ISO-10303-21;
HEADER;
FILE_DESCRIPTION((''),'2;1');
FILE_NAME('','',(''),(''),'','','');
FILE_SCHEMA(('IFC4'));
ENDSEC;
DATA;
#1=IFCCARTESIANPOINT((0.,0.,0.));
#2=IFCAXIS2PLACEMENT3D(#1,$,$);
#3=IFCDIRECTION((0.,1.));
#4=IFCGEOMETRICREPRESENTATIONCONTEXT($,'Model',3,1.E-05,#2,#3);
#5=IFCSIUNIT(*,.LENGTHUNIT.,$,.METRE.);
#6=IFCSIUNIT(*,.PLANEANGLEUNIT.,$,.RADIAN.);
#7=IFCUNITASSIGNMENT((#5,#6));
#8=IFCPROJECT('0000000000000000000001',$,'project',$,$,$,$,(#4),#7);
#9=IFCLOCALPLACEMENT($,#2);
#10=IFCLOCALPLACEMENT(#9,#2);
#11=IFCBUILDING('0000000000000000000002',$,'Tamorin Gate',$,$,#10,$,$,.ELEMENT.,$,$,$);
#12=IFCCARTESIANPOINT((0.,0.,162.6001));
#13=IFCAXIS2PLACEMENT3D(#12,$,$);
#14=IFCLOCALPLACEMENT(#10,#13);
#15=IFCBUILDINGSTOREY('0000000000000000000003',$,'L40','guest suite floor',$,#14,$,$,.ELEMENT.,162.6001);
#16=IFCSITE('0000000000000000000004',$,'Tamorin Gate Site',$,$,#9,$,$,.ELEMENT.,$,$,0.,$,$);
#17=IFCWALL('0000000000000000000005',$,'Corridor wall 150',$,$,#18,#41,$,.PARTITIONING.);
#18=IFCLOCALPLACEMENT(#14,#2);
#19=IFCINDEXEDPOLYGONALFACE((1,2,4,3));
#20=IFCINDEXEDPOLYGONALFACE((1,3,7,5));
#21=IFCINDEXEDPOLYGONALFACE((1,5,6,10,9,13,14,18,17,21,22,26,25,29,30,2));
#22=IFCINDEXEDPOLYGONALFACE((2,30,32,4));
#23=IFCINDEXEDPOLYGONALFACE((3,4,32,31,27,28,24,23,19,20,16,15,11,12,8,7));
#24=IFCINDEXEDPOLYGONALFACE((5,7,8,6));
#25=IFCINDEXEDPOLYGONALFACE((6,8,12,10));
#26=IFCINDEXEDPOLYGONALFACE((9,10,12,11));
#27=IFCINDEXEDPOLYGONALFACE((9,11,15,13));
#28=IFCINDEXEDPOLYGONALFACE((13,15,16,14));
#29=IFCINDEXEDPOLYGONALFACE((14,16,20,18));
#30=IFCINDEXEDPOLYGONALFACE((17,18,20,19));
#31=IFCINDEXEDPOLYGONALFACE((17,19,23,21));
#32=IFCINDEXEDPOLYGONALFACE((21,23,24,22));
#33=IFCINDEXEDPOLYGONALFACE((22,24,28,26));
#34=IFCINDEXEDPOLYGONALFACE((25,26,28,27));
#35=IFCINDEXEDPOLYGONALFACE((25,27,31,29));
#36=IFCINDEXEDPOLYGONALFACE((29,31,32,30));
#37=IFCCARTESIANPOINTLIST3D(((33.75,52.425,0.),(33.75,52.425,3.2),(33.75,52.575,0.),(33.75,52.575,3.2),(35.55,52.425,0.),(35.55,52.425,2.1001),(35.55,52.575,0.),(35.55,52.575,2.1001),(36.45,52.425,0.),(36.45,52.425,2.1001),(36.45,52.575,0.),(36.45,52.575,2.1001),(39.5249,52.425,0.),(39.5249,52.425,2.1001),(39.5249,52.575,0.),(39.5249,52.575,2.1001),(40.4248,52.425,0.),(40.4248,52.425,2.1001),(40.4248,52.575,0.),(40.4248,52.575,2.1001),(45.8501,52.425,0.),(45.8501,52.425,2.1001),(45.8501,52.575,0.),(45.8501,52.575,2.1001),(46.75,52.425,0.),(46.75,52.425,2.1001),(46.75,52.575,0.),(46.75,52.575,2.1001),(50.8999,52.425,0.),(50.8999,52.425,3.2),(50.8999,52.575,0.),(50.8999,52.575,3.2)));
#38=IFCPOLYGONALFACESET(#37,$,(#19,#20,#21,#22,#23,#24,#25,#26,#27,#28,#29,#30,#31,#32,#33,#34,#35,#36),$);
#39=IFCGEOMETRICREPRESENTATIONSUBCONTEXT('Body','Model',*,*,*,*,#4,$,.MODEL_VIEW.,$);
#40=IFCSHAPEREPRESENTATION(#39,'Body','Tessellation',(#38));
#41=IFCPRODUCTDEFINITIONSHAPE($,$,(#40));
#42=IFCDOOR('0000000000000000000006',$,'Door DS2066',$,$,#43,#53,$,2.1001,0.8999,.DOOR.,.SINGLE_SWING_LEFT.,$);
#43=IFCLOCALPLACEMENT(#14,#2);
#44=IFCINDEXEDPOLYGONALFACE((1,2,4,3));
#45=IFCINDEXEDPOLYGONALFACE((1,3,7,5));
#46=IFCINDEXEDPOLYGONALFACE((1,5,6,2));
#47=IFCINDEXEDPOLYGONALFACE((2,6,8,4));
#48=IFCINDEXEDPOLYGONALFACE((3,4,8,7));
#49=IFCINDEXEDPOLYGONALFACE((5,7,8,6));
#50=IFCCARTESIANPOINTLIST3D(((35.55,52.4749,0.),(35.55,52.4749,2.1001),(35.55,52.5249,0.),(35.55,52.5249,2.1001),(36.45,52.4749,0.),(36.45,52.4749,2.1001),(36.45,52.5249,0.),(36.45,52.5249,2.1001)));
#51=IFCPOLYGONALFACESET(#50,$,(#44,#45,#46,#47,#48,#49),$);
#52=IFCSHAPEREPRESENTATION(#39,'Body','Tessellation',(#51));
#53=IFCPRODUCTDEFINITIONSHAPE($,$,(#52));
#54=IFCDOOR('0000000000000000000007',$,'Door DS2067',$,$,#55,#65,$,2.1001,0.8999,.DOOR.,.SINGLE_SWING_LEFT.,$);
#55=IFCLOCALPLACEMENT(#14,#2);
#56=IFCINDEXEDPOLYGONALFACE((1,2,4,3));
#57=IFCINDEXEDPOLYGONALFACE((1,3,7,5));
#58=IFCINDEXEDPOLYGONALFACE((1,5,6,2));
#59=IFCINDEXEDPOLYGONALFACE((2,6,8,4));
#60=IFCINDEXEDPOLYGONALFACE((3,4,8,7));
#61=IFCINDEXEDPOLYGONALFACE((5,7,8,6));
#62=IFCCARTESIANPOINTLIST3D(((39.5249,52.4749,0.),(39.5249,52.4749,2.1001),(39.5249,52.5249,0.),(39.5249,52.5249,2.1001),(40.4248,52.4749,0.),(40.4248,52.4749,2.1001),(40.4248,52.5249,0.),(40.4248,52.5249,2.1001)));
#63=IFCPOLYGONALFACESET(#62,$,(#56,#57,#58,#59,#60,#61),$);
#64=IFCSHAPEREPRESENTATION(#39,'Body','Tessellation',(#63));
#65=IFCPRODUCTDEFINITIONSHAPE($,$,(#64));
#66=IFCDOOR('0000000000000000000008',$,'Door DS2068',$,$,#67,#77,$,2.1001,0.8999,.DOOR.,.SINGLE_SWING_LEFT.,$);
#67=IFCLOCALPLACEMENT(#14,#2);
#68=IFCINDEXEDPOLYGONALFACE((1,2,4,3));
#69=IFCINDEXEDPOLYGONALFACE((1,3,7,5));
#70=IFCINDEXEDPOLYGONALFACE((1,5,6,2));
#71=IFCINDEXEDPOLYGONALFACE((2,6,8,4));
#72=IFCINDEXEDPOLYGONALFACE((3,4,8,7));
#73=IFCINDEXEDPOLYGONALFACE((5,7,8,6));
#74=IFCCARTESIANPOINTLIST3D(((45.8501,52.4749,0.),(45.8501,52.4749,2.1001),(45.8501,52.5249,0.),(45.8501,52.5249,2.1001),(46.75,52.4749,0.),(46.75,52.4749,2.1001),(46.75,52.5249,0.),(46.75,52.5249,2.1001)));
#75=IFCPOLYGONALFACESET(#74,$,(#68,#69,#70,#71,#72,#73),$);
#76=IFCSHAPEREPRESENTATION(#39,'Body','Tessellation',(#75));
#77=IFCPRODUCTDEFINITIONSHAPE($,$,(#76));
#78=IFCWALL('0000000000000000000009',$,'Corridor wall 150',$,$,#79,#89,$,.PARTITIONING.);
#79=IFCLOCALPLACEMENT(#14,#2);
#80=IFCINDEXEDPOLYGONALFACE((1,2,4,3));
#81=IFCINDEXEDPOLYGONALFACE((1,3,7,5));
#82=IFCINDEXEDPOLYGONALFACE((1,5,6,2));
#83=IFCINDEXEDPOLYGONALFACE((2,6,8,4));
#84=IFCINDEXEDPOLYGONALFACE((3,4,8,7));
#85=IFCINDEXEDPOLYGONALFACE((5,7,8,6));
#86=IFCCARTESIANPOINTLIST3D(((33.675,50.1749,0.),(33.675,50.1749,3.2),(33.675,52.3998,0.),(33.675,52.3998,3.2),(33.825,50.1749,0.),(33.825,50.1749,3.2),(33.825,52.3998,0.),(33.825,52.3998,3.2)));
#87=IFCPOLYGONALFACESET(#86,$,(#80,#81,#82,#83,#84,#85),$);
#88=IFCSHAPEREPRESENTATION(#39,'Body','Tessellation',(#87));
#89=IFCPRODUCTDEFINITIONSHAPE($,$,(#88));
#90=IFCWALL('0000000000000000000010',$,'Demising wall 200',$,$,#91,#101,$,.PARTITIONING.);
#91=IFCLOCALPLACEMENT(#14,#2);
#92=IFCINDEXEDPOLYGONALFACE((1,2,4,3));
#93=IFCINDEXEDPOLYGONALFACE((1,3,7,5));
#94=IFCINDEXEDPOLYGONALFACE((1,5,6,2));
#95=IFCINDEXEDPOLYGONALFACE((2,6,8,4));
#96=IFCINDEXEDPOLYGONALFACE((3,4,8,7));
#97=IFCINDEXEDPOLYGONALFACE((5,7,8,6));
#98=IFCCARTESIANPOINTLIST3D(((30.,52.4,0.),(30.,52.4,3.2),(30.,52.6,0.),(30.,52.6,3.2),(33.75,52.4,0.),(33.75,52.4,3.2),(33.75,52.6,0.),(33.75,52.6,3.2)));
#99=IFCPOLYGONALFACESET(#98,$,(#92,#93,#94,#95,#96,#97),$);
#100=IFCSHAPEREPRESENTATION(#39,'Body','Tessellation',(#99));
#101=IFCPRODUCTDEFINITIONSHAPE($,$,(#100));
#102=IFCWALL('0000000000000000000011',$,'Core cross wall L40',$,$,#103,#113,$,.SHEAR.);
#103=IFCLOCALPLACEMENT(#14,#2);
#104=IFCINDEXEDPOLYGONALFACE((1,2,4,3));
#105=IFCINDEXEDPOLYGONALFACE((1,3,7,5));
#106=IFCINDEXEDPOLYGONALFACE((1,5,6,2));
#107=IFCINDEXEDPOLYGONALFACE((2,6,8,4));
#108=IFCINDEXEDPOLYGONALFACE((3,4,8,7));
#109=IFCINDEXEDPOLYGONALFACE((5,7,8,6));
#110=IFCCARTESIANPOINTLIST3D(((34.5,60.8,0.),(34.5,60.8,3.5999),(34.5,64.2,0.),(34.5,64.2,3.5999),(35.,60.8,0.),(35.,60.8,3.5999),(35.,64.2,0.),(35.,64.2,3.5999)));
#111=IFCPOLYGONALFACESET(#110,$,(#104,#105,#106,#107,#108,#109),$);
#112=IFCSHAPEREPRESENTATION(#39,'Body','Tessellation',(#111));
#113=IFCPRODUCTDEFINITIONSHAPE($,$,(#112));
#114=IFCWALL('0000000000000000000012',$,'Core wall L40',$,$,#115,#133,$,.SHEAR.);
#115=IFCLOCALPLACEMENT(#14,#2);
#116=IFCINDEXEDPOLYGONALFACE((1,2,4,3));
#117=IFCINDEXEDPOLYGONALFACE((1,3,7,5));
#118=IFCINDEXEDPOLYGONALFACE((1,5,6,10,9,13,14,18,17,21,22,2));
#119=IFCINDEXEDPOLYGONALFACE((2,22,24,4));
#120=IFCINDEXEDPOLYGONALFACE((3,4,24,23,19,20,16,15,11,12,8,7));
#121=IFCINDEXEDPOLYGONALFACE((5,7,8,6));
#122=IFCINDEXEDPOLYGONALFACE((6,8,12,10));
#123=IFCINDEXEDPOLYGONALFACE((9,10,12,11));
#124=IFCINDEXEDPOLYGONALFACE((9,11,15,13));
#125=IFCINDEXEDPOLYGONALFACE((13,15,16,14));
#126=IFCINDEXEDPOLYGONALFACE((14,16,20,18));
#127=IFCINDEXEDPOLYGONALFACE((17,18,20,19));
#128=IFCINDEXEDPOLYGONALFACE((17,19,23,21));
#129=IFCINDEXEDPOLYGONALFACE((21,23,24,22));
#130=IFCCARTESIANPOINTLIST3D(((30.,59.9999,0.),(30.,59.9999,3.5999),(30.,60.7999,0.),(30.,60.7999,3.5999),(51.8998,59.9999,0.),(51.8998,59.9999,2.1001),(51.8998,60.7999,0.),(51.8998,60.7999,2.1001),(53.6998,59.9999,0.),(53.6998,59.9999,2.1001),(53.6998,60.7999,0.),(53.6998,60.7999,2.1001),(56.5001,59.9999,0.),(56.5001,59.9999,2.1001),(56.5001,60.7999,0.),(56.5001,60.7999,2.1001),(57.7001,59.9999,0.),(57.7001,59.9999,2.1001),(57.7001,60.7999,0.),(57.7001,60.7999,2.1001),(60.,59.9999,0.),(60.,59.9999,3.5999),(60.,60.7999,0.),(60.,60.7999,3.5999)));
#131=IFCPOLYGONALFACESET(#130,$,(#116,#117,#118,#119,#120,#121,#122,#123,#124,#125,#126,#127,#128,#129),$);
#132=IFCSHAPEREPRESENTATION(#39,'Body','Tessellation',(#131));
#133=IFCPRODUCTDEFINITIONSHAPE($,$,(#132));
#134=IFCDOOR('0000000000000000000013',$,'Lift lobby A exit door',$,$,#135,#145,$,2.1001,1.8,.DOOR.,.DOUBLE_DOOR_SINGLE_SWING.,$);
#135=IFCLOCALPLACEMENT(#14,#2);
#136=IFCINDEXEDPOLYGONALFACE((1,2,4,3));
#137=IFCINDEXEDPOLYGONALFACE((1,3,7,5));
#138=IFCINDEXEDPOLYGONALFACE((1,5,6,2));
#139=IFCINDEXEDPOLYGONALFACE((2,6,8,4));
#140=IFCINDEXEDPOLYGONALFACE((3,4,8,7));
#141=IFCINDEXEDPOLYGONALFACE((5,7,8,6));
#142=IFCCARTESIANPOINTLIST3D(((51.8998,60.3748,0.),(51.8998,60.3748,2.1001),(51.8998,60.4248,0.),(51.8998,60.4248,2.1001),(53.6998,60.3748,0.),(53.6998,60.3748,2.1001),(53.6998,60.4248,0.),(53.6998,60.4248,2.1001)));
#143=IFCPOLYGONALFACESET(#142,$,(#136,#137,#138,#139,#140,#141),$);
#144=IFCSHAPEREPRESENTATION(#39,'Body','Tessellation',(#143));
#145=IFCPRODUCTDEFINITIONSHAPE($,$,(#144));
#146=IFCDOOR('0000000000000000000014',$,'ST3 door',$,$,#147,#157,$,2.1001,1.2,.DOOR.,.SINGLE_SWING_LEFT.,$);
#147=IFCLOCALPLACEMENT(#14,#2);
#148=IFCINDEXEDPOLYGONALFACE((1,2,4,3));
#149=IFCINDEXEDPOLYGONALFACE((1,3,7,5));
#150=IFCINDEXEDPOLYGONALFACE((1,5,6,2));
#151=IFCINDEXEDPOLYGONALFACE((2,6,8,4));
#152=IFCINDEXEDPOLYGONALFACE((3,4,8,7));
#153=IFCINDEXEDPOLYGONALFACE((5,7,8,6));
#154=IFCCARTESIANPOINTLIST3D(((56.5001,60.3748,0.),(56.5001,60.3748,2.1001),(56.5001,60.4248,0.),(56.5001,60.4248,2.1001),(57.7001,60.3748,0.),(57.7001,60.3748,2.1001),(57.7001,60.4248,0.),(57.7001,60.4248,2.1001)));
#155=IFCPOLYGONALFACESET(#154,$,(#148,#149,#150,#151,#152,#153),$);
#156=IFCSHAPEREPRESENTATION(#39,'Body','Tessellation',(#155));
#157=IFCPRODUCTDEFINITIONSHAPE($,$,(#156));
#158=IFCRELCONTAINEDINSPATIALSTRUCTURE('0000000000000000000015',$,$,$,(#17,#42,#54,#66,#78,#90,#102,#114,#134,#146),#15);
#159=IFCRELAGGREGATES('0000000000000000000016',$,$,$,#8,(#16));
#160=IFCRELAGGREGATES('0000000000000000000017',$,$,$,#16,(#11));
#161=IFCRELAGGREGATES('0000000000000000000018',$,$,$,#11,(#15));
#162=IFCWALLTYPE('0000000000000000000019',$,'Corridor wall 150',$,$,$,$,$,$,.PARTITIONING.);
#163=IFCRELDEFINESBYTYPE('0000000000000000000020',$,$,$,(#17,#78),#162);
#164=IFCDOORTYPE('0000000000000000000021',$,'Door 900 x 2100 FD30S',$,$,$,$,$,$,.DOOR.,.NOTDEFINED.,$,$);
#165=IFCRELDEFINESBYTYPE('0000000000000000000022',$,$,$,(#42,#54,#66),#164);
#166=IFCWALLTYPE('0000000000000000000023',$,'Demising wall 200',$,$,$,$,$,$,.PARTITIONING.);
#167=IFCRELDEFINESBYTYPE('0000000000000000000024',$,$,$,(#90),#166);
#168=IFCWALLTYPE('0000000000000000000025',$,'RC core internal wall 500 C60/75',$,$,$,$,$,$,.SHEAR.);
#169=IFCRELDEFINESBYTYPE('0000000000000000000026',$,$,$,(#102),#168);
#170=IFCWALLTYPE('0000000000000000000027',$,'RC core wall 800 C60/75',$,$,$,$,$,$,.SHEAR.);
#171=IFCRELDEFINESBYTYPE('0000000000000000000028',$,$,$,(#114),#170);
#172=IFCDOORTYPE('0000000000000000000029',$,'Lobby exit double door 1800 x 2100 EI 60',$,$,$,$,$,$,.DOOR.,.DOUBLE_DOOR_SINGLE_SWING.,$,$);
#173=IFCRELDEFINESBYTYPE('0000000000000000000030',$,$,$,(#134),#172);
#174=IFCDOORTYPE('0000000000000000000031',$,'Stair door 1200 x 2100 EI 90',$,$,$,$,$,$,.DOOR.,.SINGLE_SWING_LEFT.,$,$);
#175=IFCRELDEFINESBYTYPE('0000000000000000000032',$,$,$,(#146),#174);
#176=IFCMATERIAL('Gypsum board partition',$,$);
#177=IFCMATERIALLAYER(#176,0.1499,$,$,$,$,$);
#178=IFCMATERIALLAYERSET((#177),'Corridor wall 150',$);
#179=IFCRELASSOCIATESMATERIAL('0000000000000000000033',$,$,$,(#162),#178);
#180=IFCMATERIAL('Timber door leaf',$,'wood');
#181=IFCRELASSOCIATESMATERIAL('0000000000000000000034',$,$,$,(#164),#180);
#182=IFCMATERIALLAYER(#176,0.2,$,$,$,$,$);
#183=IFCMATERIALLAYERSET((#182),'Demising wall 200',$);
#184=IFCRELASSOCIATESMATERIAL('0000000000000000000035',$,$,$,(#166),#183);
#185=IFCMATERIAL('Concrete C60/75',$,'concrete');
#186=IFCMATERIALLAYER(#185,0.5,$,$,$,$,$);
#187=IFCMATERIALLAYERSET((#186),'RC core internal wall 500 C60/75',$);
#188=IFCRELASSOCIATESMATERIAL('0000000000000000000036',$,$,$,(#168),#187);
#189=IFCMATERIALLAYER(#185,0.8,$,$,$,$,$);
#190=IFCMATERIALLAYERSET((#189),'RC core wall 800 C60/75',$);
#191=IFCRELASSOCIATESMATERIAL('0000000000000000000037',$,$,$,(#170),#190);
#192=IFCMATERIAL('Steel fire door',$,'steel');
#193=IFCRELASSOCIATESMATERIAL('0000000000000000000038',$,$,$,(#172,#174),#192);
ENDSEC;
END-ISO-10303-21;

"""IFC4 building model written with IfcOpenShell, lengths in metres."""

from ifc_helpers import new_model, si_unit, direction, frame, frame_2d, origin, place, context, subcontext, project, spatial, rectangle, extrude, material, layer, layer_set, type_object, element, fill, save


model = new_model("IFC4")

# Units and contexts
model_context = context("Model", 3, precision=1e-05, world=origin(), true_north=direction((0.0, 1.0)))
body_context = subcontext(model_context, "Body", "Model", "MODEL_VIEW")
ifc_project = project(units=[si_unit("LENGTHUNIT", "METRE"), si_unit("PLANEANGLEUNIT", "RADIAN")], contexts=[model_context])

# Site, building, storey
site_placement = place(None, origin())
site = spatial("IfcSite", under=ifc_project, at=site_placement, Name="Tamorin Gate Site", CompositionType="ELEMENT", RefElevation=0.0)
building_placement = place(site_placement, origin())
building = spatial("IfcBuilding", under=site, at=building_placement, Name="Tamorin Gate", CompositionType="ELEMENT")
storey_placement = place(building_placement, frame((0.0, 0.0, 162.6001)))
storey = spatial("IfcBuildingStorey", under=building, at=storey_placement, Name="L40", Description="guest suite floor", CompositionType="ELEMENT", Elevation=162.6001)

# Wall, openings, doors
ifc_material_1 = material(Name="Gypsum board partition")
ifc_layer_1 = layer(ifc_material_1, 0.1499)
ifc_layer_set_1 = layer_set([ifc_layer_1], Name="Corridor wall 150")
wall_type_1 = type_object("IfcWallType", Name="Corridor wall 150", PredefinedType="PARTITIONING", material=ifc_layer_set_1)
wall_1_placement = place(storey_placement, frame((33.75, 52.5, 0.0), z_axis=(0.0, 0.0, 1.0), x_axis=(1.0, 0.0, 0.0)))
wall_1 = element("IfcWall", 1, at=wall_1_placement, inside=storey, type_object=wall_type_1, Name="Corridor wall 150", PredefinedType="PARTITIONING", context=body_context, shape_type="SweptSolid", body=[
    extrude(rectangle(XDim=17.1499, YDim=0.1499, at=frame_2d((8.575, 0.0))), origin(), (0.0, 0.0, 1.0), 3.2),
])
opening_1_placement = place(wall_1_placement, frame((1.8, 0.0, 0.0)))
opening_1 = element("IfcOpeningElement", 2, at=opening_1_placement, cuts=wall_1, PredefinedType="OPENING", context=body_context, shape_type="SweptSolid", body=[
    extrude(rectangle(XDim=0.8999, YDim=2.1001, at=frame_2d((0.45, 1.05))), frame((0.0, 0.085, 0.0), z_axis=(0.0, -1.0, 0.0), x_axis=(1.0, 0.0, 0.0)), (0.0, 0.0, 1.0), 0.1699),
])
opening_2_placement = place(wall_1_placement, frame((5.7749, 0.0, 0.0)))
opening_2 = element("IfcOpeningElement", 3, at=opening_2_placement, cuts=wall_1, PredefinedType="OPENING", context=body_context, shape_type="SweptSolid", body=[
    extrude(rectangle(XDim=0.8999, YDim=2.1001, at=frame_2d((0.45, 1.05))), frame((0.0, 0.085, 0.0), z_axis=(0.0, -1.0, 0.0), x_axis=(1.0, 0.0, 0.0)), (0.0, 0.0, 1.0), 0.1699),
])
opening_3_placement = place(wall_1_placement, frame((12.1001, 0.0, 0.0)))
opening_3 = element("IfcOpeningElement", 4, at=opening_3_placement, cuts=wall_1, PredefinedType="OPENING", context=body_context, shape_type="SweptSolid", body=[
    extrude(rectangle(XDim=0.8999, YDim=2.1001, at=frame_2d((0.45, 1.05))), frame((0.0, 0.085, 0.0), z_axis=(0.0, -1.0, 0.0), x_axis=(1.0, 0.0, 0.0)), (0.0, 0.0, 1.0), 0.1699),
])
ifc_material_2 = material(Name="Timber door leaf", Category="wood")
door_type_1 = type_object("IfcDoorType", Name="Door 900 x 2100 FD30S", OperationType="NOTDEFINED", PredefinedType="DOOR", material=ifc_material_2)
door_1_placement = place(opening_1_placement, origin())
door_1 = element("IfcDoor", 5, at=door_1_placement, inside=storey, type_object=door_type_1, Name="Door DS2066", OperationType="SINGLE_SWING_LEFT", OverallHeight=2.1001, OverallWidth=0.8999, PredefinedType="DOOR", context=body_context, shape_type="SweptSolid", body=[
    extrude(rectangle(XDim=0.8999, YDim=2.1001, at=frame_2d((0.45, 1.05))), frame((0.0, 0.0249, 0.0), z_axis=(0.0, -1.0, 0.0), x_axis=(1.0, 0.0, 0.0)), (0.0, 0.0, 1.0), 0.05),
])
fill(opening_1, door_1)
door_2_placement = place(opening_2_placement, origin())
door_2 = element("IfcDoor", 6, at=door_2_placement, inside=storey, type_object=door_type_1, Name="Door DS2067", OperationType="SINGLE_SWING_LEFT", OverallHeight=2.1001, OverallWidth=0.8999, PredefinedType="DOOR", context=body_context, shape_type="SweptSolid", body=[
    extrude(rectangle(XDim=0.8999, YDim=2.1001, at=frame_2d((0.45, 1.05))), frame((0.0, 0.0249, 0.0), z_axis=(0.0, -1.0, 0.0), x_axis=(1.0, 0.0, 0.0)), (0.0, 0.0, 1.0), 0.05),
])
fill(opening_2, door_2)
door_3_placement = place(opening_3_placement, origin())
door_3 = element("IfcDoor", 7, at=door_3_placement, inside=storey, type_object=door_type_1, Name="Door DS2068", OperationType="SINGLE_SWING_LEFT", OverallHeight=2.1001, OverallWidth=0.8999, PredefinedType="DOOR", context=body_context, shape_type="SweptSolid", body=[
    extrude(rectangle(XDim=0.8999, YDim=2.1001, at=frame_2d((0.45, 1.05))), frame((0.0, 0.0249, 0.0), z_axis=(0.0, -1.0, 0.0), x_axis=(1.0, 0.0, 0.0)), (0.0, 0.0, 1.0), 0.05),
])
fill(opening_3, door_3)

# Walls
wall_2_placement = place(storey_placement, frame((33.75, 50.175, 0.0), z_axis=(0.0, 0.0, 1.0), x_axis=(0.0, 1.0, 0.0)))
element("IfcWall", 8, at=wall_2_placement, inside=storey, type_object=wall_type_1, Name="Corridor wall 150", PredefinedType="PARTITIONING", context=body_context, shape_type="SweptSolid", body=[
    extrude(rectangle(XDim=2.2249, YDim=0.1499, at=frame_2d((1.1123, 0.0))), origin(), (0.0, 0.0, 1.0), 3.2),
])
ifc_layer_2 = layer(ifc_material_1, 0.2)
ifc_layer_set_2 = layer_set([ifc_layer_2], Name="Demising wall 200")
wall_type_2 = type_object("IfcWallType", Name="Demising wall 200", PredefinedType="PARTITIONING", material=ifc_layer_set_2)
wall_3_placement = place(storey_placement, frame((30.0, 52.5, 0.0), z_axis=(0.0, 0.0, 1.0), x_axis=(1.0, 0.0, 0.0)))
element("IfcWall", 9, at=wall_3_placement, inside=storey, type_object=wall_type_2, Name="Demising wall 200", PredefinedType="PARTITIONING", context=body_context, shape_type="SweptSolid", body=[
    extrude(rectangle(XDim=3.75, YDim=0.2, at=frame_2d((1.875, 0.0))), origin(), (0.0, 0.0, 1.0), 3.2),
])
ifc_material_3 = material(Name="Concrete C60/75", Category="concrete")
ifc_layer_3 = layer(ifc_material_3, 0.5)
ifc_layer_set_3 = layer_set([ifc_layer_3], Name="RC core internal wall 500 C60/75")
wall_type_3 = type_object("IfcWallType", Name="RC core internal wall 500 C60/75", PredefinedType="SHEAR", material=ifc_layer_set_3)
wall_4_placement = place(storey_placement, frame((34.75, 60.8, 0.0), z_axis=(0.0, 0.0, 1.0), x_axis=(0.0, 1.0, 0.0)))
element("IfcWall", 10, at=wall_4_placement, inside=storey, type_object=wall_type_3, Name="Core cross wall L40", PredefinedType="SHEAR", context=body_context, shape_type="SweptSolid", body=[
    extrude(rectangle(XDim=3.3999, YDim=0.5, at=frame_2d((1.7, 0.0))), origin(), (0.0, 0.0, 1.0), 3.5999),
])

# Wall, openings, doors
ifc_layer_4 = layer(ifc_material_3, 0.8)
ifc_layer_set_4 = layer_set([ifc_layer_4], Name="RC core wall 800 C60/75")
wall_type_4 = type_object("IfcWallType", Name="RC core wall 800 C60/75", PredefinedType="SHEAR", material=ifc_layer_set_4)
wall_5_placement = place(storey_placement, frame((30.0, 60.3999, 0.0), z_axis=(0.0, 0.0, 1.0), x_axis=(1.0, 0.0, 0.0)))
wall_5 = element("IfcWall", 11, at=wall_5_placement, inside=storey, type_object=wall_type_4, Name="Core wall L40", PredefinedType="SHEAR", context=body_context, shape_type="SweptSolid", body=[
    extrude(rectangle(XDim=30.0, YDim=0.8, at=frame_2d((15.0, 0.0))), origin(), (0.0, 0.0, 1.0), 3.5999),
])
opening_4_placement = place(wall_5_placement, frame((21.8999, 0.0, 0.0)))
opening_4 = element("IfcOpeningElement", 12, at=opening_4_placement, cuts=wall_5, PredefinedType="OPENING", context=body_context, shape_type="SweptSolid", body=[
    extrude(rectangle(XDim=1.8, YDim=2.1001, at=frame_2d((0.8999, 1.05))), frame((0.0, 0.4099, 0.0), z_axis=(0.0, -1.0, 0.0), x_axis=(1.0, 0.0, 0.0)), (0.0, 0.0, 1.0), 0.8201),
])
opening_5_placement = place(wall_5_placement, frame((26.5, 0.0, 0.0)))
opening_5 = element("IfcOpeningElement", 13, at=opening_5_placement, cuts=wall_5, PredefinedType="OPENING", context=body_context, shape_type="SweptSolid", body=[
    extrude(rectangle(XDim=1.2, YDim=2.1001, at=frame_2d((0.6001, 1.05))), frame((0.0, 0.4099, 0.0), z_axis=(0.0, -1.0, 0.0), x_axis=(1.0, 0.0, 0.0)), (0.0, 0.0, 1.0), 0.8201),
])
ifc_material_4 = material(Name="Steel fire door", Category="steel")
door_type_2 = type_object("IfcDoorType", Name="Lobby exit double door 1800 x 2100 EI 60", OperationType="DOUBLE_DOOR_SINGLE_SWING", PredefinedType="DOOR", material=ifc_material_4)
door_4_placement = place(opening_4_placement, origin())
door_4 = element("IfcDoor", 14, at=door_4_placement, inside=storey, type_object=door_type_2, Name="Lift lobby A exit door", OperationType="DOUBLE_DOOR_SINGLE_SWING", OverallHeight=2.1001, OverallWidth=1.8, PredefinedType="DOOR", context=body_context, shape_type="SweptSolid", body=[
    extrude(rectangle(XDim=1.8, YDim=2.1001, at=frame_2d((0.8999, 1.05))), frame((0.0, 0.0249, 0.0), z_axis=(0.0, -1.0, 0.0), x_axis=(1.0, 0.0, 0.0)), (0.0, 0.0, 1.0), 0.05),
])
fill(opening_4, door_4)
door_type_3 = type_object("IfcDoorType", Name="Stair door 1200 x 2100 EI 90", OperationType="SINGLE_SWING_LEFT", PredefinedType="DOOR", material=ifc_material_4)
door_5_placement = place(opening_5_placement, origin())
door_5 = element("IfcDoor", 15, at=door_5_placement, inside=storey, type_object=door_type_3, Name="ST3 door", OperationType="SINGLE_SWING_LEFT", OverallHeight=2.1001, OverallWidth=1.2, PredefinedType="DOOR", context=body_context, shape_type="SweptSolid", body=[
    extrude(rectangle(XDim=1.2, YDim=2.1001, at=frame_2d((0.6001, 1.05))), frame((0.0, 0.0249, 0.0), z_axis=(0.0, -1.0, 0.0), x_axis=(1.0, 0.0, 0.0)), (0.0, 0.0, 1.0), 0.05),
])
fill(opening_5, door_5)

save(model, "model.ifc")
